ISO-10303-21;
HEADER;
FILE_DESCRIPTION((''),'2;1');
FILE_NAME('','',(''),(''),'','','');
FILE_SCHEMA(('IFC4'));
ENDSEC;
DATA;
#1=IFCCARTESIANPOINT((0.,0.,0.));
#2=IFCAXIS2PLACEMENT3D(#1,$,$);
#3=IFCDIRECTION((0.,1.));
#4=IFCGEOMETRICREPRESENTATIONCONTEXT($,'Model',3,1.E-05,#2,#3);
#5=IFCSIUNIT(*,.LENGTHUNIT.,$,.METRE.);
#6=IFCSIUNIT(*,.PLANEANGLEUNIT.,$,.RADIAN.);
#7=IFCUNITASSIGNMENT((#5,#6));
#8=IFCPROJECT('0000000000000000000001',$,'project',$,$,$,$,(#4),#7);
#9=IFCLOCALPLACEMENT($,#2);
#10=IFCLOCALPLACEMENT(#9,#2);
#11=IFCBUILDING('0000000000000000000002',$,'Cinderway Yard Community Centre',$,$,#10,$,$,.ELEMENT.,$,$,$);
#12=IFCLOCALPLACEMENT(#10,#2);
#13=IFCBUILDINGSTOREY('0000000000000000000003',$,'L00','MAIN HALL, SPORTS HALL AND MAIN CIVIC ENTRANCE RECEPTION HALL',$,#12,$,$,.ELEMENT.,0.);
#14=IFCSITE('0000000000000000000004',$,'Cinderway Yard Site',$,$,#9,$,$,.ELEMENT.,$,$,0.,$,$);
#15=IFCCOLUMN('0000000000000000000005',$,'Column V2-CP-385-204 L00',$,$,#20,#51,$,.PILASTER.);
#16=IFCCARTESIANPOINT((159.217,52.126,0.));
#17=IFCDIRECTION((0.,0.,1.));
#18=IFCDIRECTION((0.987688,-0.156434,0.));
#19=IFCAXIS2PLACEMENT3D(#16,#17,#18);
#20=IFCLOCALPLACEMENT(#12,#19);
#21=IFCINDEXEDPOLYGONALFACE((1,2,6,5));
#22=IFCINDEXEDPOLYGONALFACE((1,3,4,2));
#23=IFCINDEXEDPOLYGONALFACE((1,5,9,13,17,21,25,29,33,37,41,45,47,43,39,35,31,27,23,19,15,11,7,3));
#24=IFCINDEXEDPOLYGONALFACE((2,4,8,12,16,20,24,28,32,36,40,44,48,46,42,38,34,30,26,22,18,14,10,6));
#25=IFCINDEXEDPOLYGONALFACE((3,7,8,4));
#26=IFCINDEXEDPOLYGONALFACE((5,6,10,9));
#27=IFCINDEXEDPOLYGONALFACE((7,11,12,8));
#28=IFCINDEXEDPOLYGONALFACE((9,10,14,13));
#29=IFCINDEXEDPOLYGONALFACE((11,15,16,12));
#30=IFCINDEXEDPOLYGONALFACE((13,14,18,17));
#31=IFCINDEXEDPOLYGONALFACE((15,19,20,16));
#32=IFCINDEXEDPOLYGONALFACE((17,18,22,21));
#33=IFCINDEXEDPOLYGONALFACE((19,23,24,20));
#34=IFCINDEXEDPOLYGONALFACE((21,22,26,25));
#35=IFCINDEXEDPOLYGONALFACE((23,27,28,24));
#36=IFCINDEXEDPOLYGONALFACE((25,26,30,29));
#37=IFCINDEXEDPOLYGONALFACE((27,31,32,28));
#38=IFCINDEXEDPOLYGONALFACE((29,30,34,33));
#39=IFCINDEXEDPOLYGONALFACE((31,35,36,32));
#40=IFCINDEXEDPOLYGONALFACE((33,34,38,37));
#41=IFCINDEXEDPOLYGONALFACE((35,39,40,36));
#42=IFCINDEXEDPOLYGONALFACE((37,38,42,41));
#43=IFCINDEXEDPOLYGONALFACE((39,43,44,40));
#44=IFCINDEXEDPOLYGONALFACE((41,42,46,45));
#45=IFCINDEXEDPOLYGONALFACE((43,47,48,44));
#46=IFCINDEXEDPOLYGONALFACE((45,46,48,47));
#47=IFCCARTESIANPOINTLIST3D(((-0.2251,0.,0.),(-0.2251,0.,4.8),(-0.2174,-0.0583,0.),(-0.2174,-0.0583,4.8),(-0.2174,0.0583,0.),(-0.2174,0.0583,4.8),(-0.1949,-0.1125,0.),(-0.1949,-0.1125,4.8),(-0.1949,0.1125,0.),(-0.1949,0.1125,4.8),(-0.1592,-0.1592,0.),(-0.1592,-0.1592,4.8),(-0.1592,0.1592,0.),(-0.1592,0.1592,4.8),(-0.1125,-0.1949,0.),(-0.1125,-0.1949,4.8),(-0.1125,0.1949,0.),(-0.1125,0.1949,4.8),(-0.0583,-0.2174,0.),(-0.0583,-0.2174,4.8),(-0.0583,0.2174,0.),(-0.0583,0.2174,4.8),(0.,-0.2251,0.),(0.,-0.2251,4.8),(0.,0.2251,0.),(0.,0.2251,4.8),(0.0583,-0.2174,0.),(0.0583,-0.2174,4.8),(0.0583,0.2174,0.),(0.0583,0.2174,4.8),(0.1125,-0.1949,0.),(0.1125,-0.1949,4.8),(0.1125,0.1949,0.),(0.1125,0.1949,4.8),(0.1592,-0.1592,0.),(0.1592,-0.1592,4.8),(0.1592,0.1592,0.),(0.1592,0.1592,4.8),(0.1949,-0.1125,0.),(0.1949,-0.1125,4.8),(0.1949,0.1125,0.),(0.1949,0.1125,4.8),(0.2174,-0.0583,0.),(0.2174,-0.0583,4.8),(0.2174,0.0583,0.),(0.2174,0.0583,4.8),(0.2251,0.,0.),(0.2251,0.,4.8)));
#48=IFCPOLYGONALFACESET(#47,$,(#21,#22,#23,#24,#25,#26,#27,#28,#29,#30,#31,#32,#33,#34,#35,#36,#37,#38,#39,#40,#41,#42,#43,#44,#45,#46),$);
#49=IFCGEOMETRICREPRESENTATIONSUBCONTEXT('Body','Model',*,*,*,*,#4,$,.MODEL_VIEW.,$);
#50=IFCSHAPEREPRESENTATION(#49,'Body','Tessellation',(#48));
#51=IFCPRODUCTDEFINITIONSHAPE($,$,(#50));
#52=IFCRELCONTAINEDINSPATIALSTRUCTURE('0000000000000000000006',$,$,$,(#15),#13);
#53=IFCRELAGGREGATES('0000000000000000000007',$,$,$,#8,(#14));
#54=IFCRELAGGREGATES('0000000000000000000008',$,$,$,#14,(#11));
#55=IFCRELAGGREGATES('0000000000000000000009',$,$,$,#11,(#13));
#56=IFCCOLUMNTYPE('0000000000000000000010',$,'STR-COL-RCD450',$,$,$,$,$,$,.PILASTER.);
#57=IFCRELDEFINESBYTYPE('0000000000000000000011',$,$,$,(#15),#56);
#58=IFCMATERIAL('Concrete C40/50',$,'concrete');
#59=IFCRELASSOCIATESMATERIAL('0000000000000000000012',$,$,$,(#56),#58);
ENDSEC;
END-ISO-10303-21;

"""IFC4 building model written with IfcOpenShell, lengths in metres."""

from ifc_helpers import new_model, si_unit, direction, frame, origin, origin_2d, place, context, subcontext, project, spatial, circle, extrude, material, material_profile, profile_set, type_object, element, save


model = new_model("IFC4")

# Units and contexts
model_context = context("Model", 3, precision=1e-05, world=origin(), true_north=direction((0.0, 1.0)))
body_context = subcontext(model_context, "Body", "Model", "MODEL_VIEW")
ifc_project = project(units=[si_unit("LENGTHUNIT", "METRE"), si_unit("PLANEANGLEUNIT", "RADIAN")], contexts=[model_context])

# Site, building, storey
site_placement = place(None, origin())
site = spatial("IfcSite", under=ifc_project, at=site_placement, Name="Cinderway Yard Site", CompositionType="ELEMENT", RefElevation=0.0)
building_placement = place(site_placement, origin())
building = spatial("IfcBuilding", under=site, at=building_placement, Name="Cinderway Yard Community Centre", CompositionType="ELEMENT")
storey_placement = place(building_placement, origin())
storey = spatial("IfcBuildingStorey", under=building, at=storey_placement, Name="L00", Description="MAIN HALL, SPORTS HALL AND MAIN CIVIC ENTRANCE RECEPTION HALL", CompositionType="ELEMENT", Elevation=0.0)

# Shared definitions
ifc_material_1 = material(Name="Concrete C40/50", Category="concrete")

# Column
ifc_material_profile_1 = material_profile(ifc_material_1, circle(Radius=0.2251, at=origin_2d()), Name="Concrete C40/50")
ifc_profile_set_1 = profile_set([ifc_material_profile_1], Name="Concrete C40/50")
column_type = type_object("IfcColumnType", Name="STR-COL-RCD450", PredefinedType="PILASTER", material=ifc_profile_set_1)
column_placement = place(storey_placement, frame((159.217, 52.126, 0.0), z_axis=(0.0, 0.0, 1.0), x_axis=(0.987688, -0.156434, 0.0)))
element("IfcColumn", 1, at=column_placement, inside=storey, type_object=column_type, Name="Column V2-CP-385-204 L00", PredefinedType="PILASTER", context=body_context, shape_type="SweptSolid", body=[
    extrude(circle(Radius=0.2251, at=origin_2d()), origin(), (0.0, 0.0, 1.0), 4.8),
])

save(model, "model.ifc")
